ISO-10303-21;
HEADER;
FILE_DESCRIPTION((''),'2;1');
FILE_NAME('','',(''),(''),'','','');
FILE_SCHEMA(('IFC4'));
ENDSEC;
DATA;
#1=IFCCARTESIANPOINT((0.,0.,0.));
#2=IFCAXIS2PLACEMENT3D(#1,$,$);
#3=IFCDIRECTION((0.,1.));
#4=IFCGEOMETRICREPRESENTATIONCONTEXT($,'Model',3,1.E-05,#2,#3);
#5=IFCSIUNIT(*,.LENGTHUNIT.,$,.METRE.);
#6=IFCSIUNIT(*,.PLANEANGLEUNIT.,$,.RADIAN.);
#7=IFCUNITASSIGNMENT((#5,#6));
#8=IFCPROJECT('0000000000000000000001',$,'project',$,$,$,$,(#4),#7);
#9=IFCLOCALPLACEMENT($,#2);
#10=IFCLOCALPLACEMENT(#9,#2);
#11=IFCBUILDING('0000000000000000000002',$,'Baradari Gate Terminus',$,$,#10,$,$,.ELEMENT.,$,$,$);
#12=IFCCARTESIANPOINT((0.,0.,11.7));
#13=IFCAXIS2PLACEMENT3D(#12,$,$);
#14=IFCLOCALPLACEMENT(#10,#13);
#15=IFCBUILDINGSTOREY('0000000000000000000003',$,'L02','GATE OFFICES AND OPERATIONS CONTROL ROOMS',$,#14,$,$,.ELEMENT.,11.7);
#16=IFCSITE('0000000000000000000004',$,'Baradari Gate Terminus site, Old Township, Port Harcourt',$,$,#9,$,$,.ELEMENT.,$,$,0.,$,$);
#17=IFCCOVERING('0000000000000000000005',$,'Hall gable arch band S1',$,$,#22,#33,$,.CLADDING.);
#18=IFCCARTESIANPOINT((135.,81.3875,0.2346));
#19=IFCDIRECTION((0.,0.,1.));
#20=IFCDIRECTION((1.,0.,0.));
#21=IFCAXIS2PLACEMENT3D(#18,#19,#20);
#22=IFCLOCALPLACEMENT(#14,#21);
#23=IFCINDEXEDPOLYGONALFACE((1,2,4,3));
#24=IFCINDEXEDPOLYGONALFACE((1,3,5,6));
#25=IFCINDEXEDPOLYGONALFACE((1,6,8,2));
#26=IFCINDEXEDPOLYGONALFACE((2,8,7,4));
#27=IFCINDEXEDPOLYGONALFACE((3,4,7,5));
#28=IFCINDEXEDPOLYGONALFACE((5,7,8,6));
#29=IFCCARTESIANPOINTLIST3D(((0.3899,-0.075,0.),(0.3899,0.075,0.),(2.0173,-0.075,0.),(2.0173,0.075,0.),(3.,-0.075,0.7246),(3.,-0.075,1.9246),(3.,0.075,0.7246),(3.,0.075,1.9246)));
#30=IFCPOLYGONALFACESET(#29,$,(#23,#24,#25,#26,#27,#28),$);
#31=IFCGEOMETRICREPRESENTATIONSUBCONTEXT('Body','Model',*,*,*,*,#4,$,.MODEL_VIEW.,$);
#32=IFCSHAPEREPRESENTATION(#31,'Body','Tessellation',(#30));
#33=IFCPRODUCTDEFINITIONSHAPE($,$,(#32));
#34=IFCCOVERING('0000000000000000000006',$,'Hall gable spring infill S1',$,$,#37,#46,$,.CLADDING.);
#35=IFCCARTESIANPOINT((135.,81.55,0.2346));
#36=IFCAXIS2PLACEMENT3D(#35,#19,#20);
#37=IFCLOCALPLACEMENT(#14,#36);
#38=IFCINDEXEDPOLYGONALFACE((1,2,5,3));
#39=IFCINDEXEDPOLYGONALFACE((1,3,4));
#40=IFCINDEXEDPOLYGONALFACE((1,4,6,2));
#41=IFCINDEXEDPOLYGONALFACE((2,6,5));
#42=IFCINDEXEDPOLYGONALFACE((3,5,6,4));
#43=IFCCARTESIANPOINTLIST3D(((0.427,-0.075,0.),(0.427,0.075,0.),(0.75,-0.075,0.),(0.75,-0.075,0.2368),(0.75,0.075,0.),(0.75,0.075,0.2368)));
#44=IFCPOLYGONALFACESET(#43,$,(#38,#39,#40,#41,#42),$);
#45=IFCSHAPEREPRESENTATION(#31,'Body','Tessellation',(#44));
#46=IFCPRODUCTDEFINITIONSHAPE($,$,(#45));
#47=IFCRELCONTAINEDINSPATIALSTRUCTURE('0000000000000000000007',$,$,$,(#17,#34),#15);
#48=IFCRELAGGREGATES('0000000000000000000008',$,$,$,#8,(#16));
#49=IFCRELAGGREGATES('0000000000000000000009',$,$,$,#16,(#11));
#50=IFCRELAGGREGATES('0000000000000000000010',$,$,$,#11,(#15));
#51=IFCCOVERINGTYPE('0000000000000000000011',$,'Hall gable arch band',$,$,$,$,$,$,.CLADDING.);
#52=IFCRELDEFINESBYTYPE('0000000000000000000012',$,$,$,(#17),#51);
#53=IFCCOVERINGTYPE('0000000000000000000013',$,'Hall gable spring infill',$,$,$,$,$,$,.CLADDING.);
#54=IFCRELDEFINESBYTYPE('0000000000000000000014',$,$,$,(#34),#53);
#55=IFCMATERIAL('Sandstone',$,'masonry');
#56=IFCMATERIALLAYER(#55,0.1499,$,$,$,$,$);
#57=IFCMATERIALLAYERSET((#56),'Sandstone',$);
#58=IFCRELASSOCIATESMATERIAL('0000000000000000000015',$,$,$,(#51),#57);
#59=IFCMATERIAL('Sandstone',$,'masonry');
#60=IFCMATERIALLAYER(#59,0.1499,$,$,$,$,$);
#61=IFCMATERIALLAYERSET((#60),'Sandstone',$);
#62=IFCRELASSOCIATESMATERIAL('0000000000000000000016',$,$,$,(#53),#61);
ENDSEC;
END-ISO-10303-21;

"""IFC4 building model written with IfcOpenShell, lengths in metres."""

from ifc_helpers import new_model, si_unit, direction, frame, origin, place, context, subcontext, project, spatial, polyline, outline, extrude, material, layer, layer_set, type_object, element, save


model = new_model("IFC4")

# Units and contexts
model_context = context("Model", 3, precision=1e-05, world=origin(), true_north=direction((0.0, 1.0)))
body_context = subcontext(model_context, "Body", "Model", "MODEL_VIEW")
ifc_project = project(units=[si_unit("LENGTHUNIT", "METRE"), si_unit("PLANEANGLEUNIT", "RADIAN")], contexts=[model_context])

# Site, building, storey
site_placement = place(None, origin())
site = spatial("IfcSite", under=ifc_project, at=site_placement, Name="Baradari Gate Terminus site, Old Township, Port Harcourt", CompositionType="ELEMENT", RefElevation=0.0)
building_placement = place(site_placement, origin())
building = spatial("IfcBuilding", under=site, at=building_placement, Name="Baradari Gate Terminus", CompositionType="ELEMENT")
storey_placement = place(building_placement, frame((0.0, 0.0, 11.7)))
storey = spatial("IfcBuildingStorey", under=building, at=storey_placement, Name="L02", Description="GATE OFFICES AND OPERATIONS CONTROL ROOMS", CompositionType="ELEMENT", Elevation=11.7)

# Coverings
ifc_material_1 = material(Name="Sandstone", Category="masonry")
ifc_layer_1 = layer(ifc_material_1, 0.1499)
ifc_layer_set_1 = layer_set([ifc_layer_1], Name="Sandstone")
covering_type_1 = type_object("IfcCoveringType", Name="Hall gable arch band", PredefinedType="CLADDING", material=ifc_layer_set_1)
covering_1_placement = place(storey_placement, frame((135.0, 81.3875, 0.2346), z_axis=(0.0, 0.0, 1.0), x_axis=(1.0, 0.0, 0.0)))
element("IfcCovering", 1, at=covering_1_placement, inside=storey, type_object=covering_type_1, Name="Hall gable arch band S1", PredefinedType="CLADDING", context=body_context, shape_type="SweptSolid", body=[
    extrude(outline(polyline([(0.3899, 0.0), (2.0173, 0.0), (3.0, 0.7246), (3.0, 1.9246), (0.3899, 0.0)])), frame((0.0, 0.075, 0.0), z_axis=(0.0, -1.0, 0.0), x_axis=(1.0, 0.0, 0.0)), (0.0, 0.0, 1.0), 0.1499),
])
ifc_material_2 = material(Name="Sandstone", Category="masonry")
ifc_layer_2 = layer(ifc_material_2, 0.1499)
ifc_layer_set_2 = layer_set([ifc_layer_2], Name="Sandstone")
covering_type_2 = type_object("IfcCoveringType", Name="Hall gable spring infill", PredefinedType="CLADDING", material=ifc_layer_set_2)
covering_2_placement = place(storey_placement, frame((135.0, 81.55, 0.2346), z_axis=(0.0, 0.0, 1.0), x_axis=(1.0, 0.0, 0.0)))
element("IfcCovering", 2, at=covering_2_placement, inside=storey, type_object=covering_type_2, Name="Hall gable spring infill S1", PredefinedType="CLADDING", context=body_context, shape_type="SweptSolid", body=[
    extrude(outline(polyline([(0.427, 0.0), (0.75, 0.0), (0.75, 0.2368), (0.427, 0.0)])), frame((0.0, 0.075, 0.0), z_axis=(0.0, -1.0, 0.0), x_axis=(1.0, 0.0, 0.0)), (0.0, 0.0, 1.0), 0.1499),
])

save(model, "model.ifc")
